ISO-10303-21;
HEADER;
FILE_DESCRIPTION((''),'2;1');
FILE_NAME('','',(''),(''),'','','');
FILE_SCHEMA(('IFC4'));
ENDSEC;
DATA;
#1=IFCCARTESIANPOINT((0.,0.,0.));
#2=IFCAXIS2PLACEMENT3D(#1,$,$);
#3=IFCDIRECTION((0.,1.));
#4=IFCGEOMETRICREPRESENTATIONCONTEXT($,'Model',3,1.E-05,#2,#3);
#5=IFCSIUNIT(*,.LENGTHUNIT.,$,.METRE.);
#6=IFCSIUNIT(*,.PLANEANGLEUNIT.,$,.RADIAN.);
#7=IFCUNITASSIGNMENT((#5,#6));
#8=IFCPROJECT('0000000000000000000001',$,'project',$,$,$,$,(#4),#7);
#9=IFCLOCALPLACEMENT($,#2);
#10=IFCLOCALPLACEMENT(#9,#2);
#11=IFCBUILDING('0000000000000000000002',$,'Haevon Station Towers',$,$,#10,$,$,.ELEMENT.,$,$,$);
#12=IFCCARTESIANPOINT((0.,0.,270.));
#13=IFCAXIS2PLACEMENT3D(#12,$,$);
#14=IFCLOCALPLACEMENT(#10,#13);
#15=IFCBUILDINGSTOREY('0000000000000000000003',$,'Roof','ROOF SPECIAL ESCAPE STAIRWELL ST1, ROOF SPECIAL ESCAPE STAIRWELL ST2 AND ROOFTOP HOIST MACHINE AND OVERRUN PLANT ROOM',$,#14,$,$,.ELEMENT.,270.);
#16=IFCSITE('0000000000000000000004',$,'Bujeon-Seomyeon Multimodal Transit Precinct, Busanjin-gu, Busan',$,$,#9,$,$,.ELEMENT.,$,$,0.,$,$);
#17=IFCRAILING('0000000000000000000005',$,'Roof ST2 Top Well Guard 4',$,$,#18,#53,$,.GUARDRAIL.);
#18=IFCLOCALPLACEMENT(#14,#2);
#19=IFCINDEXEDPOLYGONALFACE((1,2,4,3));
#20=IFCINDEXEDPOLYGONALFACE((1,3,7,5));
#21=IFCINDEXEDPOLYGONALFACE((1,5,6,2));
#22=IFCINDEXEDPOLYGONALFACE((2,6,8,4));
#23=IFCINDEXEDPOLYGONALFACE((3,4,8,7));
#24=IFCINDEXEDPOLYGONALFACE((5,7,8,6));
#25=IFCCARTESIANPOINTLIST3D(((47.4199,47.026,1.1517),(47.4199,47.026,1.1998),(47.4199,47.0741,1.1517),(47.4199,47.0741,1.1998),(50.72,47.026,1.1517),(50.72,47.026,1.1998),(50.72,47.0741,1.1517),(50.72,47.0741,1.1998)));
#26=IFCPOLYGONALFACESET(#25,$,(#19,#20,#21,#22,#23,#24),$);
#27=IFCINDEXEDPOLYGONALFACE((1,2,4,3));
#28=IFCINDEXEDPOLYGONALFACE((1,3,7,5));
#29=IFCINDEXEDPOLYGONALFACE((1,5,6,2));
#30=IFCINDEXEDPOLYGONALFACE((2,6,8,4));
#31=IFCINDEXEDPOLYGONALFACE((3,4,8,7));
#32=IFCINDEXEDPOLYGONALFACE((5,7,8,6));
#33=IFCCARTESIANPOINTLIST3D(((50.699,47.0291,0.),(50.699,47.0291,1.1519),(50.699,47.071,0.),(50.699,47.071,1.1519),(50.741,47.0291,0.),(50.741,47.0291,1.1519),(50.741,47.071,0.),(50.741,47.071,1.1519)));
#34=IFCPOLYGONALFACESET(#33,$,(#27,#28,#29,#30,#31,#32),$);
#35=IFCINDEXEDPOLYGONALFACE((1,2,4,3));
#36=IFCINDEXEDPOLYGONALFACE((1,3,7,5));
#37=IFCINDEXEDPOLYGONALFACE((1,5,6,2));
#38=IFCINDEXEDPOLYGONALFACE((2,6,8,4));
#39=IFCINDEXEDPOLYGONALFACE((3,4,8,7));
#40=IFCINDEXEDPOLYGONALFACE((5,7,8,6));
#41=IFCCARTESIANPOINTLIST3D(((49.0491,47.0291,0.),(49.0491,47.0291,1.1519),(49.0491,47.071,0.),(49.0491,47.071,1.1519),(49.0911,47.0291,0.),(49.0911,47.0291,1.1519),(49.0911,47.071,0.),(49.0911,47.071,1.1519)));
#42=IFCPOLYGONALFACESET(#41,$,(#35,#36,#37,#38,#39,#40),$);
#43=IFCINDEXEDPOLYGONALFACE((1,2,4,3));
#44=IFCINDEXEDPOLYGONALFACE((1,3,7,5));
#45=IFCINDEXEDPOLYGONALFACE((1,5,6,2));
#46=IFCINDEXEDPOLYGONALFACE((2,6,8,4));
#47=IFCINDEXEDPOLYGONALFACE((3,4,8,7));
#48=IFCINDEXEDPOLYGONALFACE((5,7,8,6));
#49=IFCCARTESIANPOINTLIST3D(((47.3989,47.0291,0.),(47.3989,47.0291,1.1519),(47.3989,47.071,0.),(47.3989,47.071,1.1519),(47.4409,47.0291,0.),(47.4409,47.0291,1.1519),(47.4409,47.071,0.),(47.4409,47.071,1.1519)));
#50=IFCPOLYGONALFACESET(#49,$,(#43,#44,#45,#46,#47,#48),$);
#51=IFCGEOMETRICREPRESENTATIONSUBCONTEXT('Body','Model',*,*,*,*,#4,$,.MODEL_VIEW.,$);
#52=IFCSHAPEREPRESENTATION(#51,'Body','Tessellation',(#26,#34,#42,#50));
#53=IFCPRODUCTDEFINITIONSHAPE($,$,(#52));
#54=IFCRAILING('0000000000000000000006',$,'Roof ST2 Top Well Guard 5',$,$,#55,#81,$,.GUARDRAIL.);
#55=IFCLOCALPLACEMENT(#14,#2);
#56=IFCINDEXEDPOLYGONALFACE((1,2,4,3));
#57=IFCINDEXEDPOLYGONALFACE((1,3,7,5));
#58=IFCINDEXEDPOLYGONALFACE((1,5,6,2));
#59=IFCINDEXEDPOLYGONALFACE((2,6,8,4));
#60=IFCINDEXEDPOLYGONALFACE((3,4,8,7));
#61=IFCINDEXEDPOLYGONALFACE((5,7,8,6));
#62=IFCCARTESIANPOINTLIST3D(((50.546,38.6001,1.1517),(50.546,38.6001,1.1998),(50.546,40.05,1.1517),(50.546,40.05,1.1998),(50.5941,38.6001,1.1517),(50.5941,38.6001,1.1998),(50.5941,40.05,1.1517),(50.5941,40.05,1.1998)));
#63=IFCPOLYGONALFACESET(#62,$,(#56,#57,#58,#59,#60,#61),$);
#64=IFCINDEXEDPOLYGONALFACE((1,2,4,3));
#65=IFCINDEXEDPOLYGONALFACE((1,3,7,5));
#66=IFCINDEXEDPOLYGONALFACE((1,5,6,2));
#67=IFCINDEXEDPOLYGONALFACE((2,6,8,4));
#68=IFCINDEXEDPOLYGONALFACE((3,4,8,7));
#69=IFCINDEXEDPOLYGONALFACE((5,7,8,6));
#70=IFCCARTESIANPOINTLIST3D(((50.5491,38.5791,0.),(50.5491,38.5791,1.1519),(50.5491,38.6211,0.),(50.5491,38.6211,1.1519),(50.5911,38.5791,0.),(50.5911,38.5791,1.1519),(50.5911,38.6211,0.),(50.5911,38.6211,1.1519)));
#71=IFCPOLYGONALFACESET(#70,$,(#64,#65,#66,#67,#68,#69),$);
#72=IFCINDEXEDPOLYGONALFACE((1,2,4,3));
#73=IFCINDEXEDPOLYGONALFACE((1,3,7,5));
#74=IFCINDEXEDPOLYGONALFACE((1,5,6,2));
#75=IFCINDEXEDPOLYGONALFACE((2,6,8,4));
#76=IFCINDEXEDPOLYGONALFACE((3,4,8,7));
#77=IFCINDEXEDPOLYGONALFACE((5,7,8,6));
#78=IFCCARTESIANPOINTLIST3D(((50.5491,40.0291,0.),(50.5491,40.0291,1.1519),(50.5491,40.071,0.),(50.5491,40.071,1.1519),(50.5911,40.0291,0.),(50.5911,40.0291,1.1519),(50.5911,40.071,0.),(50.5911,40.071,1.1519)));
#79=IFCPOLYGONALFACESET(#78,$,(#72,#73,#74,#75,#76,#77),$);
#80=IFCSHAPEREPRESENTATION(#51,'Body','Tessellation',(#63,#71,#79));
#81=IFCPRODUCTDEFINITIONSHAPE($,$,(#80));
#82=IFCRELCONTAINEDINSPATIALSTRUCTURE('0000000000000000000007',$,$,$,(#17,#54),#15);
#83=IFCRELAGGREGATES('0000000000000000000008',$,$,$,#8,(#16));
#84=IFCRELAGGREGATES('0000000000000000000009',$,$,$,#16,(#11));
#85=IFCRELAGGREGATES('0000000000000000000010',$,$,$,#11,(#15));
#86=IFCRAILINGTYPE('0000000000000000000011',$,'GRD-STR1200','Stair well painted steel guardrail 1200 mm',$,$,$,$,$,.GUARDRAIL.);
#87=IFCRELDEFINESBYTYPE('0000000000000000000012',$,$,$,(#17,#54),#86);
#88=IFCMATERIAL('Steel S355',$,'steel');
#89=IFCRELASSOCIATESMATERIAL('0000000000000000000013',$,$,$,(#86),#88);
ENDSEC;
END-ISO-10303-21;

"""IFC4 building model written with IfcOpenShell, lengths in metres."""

from ifc_helpers import new_model, si_unit, direction, frame, origin, origin_2d, place, context, subcontext, project, spatial, rectangle, extrude, material, type_object, element, save


model = new_model("IFC4")

# Units and contexts
model_context = context("Model", 3, precision=1e-05, world=origin(), true_north=direction((0.0, 1.0)))
body_context = subcontext(model_context, "Body", "Model", "MODEL_VIEW")
ifc_project = project(units=[si_unit("LENGTHUNIT", "METRE"), si_unit("PLANEANGLEUNIT", "RADIAN")], contexts=[model_context])

# Site, building, storey
site_placement = place(None, origin())
site = spatial("IfcSite", under=ifc_project, at=site_placement, Name="Bujeon-Seomyeon Multimodal Transit Precinct, Busanjin-gu, Busan", CompositionType="ELEMENT", RefElevation=0.0)
building_placement = place(site_placement, origin())
building = spatial("IfcBuilding", under=site, at=building_placement, Name="Haevon Station Towers", CompositionType="ELEMENT")
storey_placement = place(building_placement, frame((0.0, 0.0, 270.0)))
storey = spatial("IfcBuildingStorey", under=building, at=storey_placement, Name="Roof", Description="ROOF SPECIAL ESCAPE STAIRWELL ST1, ROOF SPECIAL ESCAPE STAIRWELL ST2 AND ROOFTOP HOIST MACHINE AND OVERRUN PLANT ROOM", CompositionType="ELEMENT", Elevation=270.0)

# Shared definitions
ifc_material_1 = material(Name="Steel S355", Category="steel")

# Railings
railing_type = type_object("IfcRailingType", Name="GRD-STR1200", Description="Stair well painted steel guardrail 1200 mm", PredefinedType="GUARDRAIL", material=ifc_material_1)
railing_1_placement = place(storey_placement, frame((50.72, 47.05, 0.0)))
element("IfcRailing", 1, at=railing_1_placement, inside=storey, type_object=railing_type, Name="Roof ST2 Top Well Guard 4", PredefinedType="GUARDRAIL", context=body_context, shape_type="SweptSolid", body=[
    extrude(rectangle(XDim=0.0481, YDim=0.0481, at=origin_2d()), frame((0.0, 0.0, 1.1758), z_axis=(-1.0, 0.0, 0.0), x_axis=(0.0, -1.0, 0.0)), (0.0, 0.0, 1.0), 3.3),
    extrude(rectangle(XDim=0.042, YDim=0.042, at=origin_2d()), origin(), (0.0, 0.0, 1.0), 1.1519),
    extrude(rectangle(XDim=0.042, YDim=0.042, at=origin_2d()), frame((-1.6499, 0.0, 0.0)), (0.0, 0.0, 1.0), 1.1519),
    extrude(rectangle(XDim=0.042, YDim=0.042, at=origin_2d()), frame((-3.3, 0.0, 0.0)), (0.0, 0.0, 1.0), 1.1519),
])
railing_2_placement = place(storey_placement, frame((50.5701, 38.6001, 0.0)))
element("IfcRailing", 2, at=railing_2_placement, inside=storey, type_object=railing_type, Name="Roof ST2 Top Well Guard 5", PredefinedType="GUARDRAIL", context=body_context, shape_type="SweptSolid", body=[
    extrude(rectangle(XDim=0.0481, YDim=0.0481, at=origin_2d()), frame((0.0, 0.0, 1.1758), z_axis=(0.0, 1.0, 0.0), x_axis=(-1.0, 0.0, 0.0)), (0.0, 0.0, 1.0), 1.45),
    extrude(rectangle(XDim=0.042, YDim=0.042, at=origin_2d()), origin(), (0.0, 0.0, 1.0), 1.1519),
    extrude(rectangle(XDim=0.042, YDim=0.042, at=origin_2d()), frame((0.0, 1.45, 0.0)), (0.0, 0.0, 1.0), 1.1519),
])

save(model, "model.ifc")
